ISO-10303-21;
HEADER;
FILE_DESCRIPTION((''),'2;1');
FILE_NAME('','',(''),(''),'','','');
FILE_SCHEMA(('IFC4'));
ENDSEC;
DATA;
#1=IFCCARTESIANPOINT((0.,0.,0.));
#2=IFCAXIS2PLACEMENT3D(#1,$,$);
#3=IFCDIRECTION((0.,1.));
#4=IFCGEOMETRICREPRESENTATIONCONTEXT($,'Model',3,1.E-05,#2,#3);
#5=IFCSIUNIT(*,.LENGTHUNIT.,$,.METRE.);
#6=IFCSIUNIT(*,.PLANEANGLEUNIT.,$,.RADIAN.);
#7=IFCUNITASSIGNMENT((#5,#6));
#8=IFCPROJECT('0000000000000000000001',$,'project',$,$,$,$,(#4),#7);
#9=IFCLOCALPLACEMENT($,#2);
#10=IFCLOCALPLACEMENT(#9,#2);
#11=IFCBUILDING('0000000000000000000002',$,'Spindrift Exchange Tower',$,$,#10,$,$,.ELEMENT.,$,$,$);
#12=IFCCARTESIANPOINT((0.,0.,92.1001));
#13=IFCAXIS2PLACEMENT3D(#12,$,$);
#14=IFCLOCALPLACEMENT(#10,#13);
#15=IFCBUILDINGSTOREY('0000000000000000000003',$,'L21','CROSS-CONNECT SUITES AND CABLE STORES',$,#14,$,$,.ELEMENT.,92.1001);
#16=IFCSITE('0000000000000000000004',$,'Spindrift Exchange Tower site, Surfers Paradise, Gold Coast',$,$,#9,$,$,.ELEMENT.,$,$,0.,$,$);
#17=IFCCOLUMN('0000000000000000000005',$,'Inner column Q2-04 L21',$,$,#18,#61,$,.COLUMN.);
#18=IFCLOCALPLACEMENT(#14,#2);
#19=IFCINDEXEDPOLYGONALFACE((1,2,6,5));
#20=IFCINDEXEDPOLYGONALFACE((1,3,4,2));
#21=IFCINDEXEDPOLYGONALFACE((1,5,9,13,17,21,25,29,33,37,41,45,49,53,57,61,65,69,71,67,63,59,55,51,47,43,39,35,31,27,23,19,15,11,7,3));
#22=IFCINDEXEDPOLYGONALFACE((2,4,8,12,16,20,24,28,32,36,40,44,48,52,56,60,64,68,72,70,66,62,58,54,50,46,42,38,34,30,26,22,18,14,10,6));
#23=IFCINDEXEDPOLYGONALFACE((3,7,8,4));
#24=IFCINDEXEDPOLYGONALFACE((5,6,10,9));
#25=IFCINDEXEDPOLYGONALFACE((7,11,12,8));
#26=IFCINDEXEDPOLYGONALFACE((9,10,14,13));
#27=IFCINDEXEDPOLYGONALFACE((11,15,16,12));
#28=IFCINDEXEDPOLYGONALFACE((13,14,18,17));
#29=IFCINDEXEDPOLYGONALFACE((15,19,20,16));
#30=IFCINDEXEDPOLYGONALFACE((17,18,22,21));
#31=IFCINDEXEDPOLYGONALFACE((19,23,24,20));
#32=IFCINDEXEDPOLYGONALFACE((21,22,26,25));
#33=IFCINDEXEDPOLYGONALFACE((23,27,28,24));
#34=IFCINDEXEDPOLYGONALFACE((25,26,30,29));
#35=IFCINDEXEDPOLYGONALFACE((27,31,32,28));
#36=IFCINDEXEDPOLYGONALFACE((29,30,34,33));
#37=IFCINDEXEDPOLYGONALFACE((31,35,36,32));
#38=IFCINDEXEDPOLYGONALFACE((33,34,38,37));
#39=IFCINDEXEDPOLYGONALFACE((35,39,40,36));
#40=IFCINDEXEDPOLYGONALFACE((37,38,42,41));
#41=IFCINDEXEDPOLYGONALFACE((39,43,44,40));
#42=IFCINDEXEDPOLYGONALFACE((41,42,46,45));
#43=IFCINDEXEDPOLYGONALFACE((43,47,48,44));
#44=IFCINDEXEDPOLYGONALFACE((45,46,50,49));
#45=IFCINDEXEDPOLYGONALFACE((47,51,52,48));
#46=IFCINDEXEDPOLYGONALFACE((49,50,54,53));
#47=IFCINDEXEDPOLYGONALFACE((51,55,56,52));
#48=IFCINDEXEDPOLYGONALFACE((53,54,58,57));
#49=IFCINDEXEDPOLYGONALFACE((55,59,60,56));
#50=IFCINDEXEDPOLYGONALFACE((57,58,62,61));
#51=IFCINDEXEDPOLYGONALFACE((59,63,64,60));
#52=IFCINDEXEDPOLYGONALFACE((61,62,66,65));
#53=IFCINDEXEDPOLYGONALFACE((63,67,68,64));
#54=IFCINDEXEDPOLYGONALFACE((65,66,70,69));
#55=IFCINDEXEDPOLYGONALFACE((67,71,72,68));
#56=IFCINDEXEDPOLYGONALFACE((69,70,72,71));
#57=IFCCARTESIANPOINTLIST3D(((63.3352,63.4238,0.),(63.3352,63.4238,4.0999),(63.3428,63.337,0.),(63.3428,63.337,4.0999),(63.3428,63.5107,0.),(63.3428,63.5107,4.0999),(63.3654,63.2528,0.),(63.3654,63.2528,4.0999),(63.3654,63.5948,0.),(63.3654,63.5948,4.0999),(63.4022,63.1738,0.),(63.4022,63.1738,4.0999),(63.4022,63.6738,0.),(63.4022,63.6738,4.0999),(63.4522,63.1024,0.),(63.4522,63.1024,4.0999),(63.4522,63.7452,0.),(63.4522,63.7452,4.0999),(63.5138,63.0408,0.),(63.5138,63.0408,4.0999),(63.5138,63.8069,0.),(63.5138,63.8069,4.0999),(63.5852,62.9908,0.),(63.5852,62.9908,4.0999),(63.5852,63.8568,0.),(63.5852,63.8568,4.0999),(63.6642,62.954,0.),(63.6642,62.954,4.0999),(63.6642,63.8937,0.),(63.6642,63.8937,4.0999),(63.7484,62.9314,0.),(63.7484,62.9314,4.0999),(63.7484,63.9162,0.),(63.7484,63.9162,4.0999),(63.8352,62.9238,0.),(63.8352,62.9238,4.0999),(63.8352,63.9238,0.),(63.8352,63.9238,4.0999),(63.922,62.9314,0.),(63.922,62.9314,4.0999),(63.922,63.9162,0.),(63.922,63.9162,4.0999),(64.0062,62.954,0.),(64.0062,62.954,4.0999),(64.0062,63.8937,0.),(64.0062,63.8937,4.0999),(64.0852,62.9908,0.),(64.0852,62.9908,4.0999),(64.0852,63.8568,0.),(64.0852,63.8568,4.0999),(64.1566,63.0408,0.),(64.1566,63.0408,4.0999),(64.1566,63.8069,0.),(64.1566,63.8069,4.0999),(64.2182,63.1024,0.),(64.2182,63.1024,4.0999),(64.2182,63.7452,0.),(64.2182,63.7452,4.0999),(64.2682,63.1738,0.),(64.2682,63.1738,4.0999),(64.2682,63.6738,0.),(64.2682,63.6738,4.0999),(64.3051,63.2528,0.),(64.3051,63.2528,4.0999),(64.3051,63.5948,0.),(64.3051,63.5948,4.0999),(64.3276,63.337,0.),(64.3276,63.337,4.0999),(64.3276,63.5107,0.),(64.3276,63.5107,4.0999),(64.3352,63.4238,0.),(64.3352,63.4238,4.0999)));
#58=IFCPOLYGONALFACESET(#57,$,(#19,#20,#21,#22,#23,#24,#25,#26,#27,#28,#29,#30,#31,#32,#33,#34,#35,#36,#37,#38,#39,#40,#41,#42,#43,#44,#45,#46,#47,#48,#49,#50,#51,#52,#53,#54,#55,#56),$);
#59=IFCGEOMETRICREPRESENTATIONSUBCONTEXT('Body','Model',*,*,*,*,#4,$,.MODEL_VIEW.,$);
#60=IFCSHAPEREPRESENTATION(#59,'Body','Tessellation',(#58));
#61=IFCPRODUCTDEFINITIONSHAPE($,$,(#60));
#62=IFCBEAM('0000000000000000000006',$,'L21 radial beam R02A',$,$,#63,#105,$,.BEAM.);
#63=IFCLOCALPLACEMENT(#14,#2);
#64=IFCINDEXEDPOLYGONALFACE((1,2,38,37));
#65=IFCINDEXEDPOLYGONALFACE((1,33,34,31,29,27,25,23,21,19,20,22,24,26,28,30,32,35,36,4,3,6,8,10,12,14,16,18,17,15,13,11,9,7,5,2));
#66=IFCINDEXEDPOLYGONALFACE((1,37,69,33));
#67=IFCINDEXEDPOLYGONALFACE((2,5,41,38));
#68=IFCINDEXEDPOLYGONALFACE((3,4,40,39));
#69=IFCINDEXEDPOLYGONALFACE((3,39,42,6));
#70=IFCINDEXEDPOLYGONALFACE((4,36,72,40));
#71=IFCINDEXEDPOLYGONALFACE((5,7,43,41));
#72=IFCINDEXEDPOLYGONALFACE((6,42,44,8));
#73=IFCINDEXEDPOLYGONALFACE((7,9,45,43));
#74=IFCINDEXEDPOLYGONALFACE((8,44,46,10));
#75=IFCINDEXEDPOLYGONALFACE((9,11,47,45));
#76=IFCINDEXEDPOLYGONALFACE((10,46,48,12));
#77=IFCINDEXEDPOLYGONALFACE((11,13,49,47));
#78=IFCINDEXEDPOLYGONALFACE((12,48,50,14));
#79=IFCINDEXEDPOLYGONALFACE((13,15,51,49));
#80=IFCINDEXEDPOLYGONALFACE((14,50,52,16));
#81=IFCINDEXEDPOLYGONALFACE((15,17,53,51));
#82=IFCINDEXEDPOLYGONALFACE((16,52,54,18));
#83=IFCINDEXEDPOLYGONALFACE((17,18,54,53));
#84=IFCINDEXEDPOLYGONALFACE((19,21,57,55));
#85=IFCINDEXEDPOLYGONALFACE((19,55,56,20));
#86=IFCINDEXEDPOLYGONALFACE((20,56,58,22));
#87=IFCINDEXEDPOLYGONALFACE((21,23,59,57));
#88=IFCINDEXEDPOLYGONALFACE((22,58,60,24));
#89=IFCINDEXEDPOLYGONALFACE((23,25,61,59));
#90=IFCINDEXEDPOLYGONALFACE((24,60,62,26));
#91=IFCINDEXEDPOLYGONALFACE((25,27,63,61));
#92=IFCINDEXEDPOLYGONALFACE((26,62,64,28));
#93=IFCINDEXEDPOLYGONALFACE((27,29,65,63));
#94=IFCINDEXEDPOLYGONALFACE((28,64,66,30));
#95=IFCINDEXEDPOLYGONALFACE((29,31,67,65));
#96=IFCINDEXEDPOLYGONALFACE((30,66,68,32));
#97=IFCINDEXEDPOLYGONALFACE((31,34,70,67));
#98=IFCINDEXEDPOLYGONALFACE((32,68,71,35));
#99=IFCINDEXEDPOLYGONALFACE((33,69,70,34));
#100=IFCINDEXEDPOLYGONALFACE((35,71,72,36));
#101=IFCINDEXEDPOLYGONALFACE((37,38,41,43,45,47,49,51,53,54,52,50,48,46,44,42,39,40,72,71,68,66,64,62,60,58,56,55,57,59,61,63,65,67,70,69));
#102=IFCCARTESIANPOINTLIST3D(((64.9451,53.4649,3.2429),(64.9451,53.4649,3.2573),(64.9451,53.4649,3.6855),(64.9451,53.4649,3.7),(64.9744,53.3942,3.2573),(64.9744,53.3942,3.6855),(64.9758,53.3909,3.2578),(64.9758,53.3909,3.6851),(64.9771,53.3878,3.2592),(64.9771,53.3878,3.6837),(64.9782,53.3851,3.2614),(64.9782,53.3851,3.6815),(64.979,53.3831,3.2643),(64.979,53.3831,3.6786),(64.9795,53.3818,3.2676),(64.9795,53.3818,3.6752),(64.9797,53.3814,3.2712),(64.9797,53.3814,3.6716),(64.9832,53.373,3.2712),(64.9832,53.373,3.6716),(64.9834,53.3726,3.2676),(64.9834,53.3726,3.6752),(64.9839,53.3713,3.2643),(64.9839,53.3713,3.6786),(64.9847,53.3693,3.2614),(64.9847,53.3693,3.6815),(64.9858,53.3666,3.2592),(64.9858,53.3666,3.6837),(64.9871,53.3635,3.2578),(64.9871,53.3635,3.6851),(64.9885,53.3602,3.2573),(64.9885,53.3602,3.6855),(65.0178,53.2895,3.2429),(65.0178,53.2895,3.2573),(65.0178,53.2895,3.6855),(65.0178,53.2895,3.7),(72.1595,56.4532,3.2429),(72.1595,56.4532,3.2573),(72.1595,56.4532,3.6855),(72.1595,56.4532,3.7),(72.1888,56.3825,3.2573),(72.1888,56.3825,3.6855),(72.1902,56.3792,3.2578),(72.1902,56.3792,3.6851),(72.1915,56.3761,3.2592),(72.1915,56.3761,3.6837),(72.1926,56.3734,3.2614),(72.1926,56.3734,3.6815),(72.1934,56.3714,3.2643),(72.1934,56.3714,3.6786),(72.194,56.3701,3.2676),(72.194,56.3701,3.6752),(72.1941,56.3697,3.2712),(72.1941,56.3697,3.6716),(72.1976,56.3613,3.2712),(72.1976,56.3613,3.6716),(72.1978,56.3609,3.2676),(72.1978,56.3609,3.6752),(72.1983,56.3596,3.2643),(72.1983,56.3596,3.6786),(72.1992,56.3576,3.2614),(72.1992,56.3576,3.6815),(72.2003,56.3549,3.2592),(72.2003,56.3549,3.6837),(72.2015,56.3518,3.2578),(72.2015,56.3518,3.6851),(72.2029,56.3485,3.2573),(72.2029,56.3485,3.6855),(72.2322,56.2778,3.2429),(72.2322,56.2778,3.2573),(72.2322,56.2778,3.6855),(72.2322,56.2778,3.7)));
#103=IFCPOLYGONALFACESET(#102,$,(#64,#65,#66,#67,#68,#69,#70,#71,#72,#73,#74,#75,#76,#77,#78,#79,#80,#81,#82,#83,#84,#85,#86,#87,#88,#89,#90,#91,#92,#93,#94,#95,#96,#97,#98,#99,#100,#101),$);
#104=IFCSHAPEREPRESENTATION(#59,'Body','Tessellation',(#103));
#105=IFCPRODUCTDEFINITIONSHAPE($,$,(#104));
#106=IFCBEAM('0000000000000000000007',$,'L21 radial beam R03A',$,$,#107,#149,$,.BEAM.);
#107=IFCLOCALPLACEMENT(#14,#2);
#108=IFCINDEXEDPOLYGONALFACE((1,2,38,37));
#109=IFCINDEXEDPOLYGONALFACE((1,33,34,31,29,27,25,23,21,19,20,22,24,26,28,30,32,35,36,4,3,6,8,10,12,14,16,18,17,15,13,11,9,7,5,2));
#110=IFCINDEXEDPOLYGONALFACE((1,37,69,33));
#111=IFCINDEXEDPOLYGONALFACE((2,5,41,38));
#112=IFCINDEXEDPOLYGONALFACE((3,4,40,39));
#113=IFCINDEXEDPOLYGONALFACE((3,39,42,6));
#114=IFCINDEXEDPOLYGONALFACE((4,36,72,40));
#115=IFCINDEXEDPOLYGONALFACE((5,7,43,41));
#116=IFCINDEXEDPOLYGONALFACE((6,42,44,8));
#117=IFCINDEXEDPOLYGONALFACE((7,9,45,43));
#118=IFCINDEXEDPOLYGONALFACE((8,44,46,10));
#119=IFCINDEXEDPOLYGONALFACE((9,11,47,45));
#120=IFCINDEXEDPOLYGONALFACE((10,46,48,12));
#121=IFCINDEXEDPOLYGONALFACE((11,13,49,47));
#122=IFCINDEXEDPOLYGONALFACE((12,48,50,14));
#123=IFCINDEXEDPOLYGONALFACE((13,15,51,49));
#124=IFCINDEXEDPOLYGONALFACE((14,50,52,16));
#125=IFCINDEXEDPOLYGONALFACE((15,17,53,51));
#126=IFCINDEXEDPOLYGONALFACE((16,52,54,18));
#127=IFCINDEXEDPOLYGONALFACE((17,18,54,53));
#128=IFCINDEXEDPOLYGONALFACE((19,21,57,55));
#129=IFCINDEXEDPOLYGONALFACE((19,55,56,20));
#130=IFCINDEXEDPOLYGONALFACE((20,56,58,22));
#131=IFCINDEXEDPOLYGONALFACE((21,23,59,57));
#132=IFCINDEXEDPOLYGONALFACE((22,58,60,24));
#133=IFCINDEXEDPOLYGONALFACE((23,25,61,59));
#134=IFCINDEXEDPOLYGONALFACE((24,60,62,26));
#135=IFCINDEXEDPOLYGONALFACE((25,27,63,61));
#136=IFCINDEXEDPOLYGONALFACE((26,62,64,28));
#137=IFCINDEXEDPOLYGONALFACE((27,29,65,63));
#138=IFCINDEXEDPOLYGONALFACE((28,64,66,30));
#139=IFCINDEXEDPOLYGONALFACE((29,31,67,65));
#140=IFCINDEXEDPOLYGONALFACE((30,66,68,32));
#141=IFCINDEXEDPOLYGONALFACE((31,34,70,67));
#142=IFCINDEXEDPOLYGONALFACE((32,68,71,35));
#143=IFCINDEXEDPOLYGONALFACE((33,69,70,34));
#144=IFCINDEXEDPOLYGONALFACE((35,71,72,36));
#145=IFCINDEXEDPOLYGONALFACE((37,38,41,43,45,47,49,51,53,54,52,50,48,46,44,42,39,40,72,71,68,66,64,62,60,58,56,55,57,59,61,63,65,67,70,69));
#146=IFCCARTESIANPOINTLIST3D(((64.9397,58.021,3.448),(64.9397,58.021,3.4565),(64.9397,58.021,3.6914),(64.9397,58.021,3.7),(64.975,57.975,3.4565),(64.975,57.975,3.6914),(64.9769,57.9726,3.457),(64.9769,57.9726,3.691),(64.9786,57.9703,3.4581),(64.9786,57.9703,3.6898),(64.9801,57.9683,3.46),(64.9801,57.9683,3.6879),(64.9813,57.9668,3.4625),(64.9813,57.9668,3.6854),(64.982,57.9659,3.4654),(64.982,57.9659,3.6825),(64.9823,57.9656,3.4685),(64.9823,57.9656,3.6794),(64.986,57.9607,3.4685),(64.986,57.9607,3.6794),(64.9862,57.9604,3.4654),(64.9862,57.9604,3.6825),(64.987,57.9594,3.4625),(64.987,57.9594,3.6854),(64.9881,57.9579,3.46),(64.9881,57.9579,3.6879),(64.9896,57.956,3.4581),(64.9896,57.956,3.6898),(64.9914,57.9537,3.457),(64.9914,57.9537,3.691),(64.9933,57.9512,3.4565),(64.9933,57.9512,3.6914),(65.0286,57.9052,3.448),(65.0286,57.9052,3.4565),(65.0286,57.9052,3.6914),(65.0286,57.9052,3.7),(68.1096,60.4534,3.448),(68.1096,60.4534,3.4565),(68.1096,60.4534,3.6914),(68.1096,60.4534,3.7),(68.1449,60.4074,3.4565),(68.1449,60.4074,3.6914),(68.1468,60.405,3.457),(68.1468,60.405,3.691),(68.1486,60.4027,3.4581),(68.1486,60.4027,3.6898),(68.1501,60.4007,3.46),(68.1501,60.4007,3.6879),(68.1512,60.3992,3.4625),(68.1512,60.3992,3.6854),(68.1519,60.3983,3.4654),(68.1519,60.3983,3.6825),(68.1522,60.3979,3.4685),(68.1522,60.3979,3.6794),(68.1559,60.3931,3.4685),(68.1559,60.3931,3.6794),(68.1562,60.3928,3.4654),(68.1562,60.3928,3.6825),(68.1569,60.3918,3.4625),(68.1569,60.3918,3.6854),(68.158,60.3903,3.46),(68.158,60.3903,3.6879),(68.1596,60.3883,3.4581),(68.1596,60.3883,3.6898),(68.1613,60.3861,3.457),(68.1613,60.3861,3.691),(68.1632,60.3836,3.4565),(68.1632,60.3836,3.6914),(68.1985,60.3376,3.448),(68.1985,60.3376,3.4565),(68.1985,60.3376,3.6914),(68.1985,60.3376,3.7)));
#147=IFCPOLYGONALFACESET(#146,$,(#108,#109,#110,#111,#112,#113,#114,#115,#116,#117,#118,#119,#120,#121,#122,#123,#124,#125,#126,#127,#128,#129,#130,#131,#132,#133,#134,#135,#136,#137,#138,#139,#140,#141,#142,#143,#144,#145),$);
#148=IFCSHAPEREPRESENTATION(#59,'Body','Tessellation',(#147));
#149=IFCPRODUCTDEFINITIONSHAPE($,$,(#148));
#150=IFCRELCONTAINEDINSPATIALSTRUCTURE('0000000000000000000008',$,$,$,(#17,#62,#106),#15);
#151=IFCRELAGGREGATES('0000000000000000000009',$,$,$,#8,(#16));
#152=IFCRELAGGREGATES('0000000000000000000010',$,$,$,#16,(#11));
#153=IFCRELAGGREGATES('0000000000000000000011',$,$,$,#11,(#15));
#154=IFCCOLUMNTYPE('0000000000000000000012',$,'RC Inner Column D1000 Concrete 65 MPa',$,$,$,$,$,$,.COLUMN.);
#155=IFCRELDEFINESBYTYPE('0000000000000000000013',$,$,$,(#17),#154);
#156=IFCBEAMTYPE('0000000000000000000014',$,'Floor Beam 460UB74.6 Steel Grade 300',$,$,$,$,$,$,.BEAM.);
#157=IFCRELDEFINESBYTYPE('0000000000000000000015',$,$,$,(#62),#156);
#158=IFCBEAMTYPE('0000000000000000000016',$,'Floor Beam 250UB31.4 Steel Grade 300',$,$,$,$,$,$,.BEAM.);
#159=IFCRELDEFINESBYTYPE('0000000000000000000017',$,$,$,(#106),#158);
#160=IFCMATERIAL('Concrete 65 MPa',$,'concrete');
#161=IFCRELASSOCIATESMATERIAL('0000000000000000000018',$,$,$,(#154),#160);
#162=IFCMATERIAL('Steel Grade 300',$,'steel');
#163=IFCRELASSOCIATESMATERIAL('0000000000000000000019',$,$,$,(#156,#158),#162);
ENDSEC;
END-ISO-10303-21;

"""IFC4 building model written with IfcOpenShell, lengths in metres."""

from ifc_helpers import new_model, si_unit, direction, frame, origin, origin_2d, place, context, subcontext, project, spatial, circle, i_section, extrude, source, transform, mapped, material, material_profile, profile_set, type_object, element, save


model = new_model("IFC4")

# Units and contexts
model_context = context("Model", 3, precision=1e-05, world=origin(), true_north=direction((0.0, 1.0)))
body_context = subcontext(model_context, "Body", "Model", "MODEL_VIEW")
ifc_project = project(units=[si_unit("LENGTHUNIT", "METRE"), si_unit("PLANEANGLEUNIT", "RADIAN")], contexts=[model_context])

# Site, building, storey
site_placement = place(None, origin())
site = spatial("IfcSite", under=ifc_project, at=site_placement, Name="Spindrift Exchange Tower site, Surfers Paradise, Gold Coast", CompositionType="ELEMENT", RefElevation=0.0)
building_placement = place(site_placement, origin())
building = spatial("IfcBuilding", under=site, at=building_placement, Name="Spindrift Exchange Tower", CompositionType="ELEMENT")
storey_placement = place(building_placement, frame((0.0, 0.0, 92.1001)))
storey = spatial("IfcBuildingStorey", under=building, at=storey_placement, Name="L21", Description="CROSS-CONNECT SUITES AND CABLE STORES", CompositionType="ELEMENT", Elevation=92.1001)

# Column
ifc_material_1 = material(Name="Concrete 65 MPa", Category="concrete")
ifc_material_profile_1 = material_profile(ifc_material_1, circle(Radius=0.5, at=origin_2d()), Name="RC D1000")
ifc_profile_set_1 = profile_set([ifc_material_profile_1], Name="Concrete 65 MPa")
column_type = type_object("IfcColumnType", Name="RC Inner Column D1000 Concrete 65 MPa", PredefinedType="COLUMN", material=ifc_profile_set_1)
shared_shape_1 = source(origin(), body_context, "Body", "SweptSolid", [
    extrude(circle(Radius=0.5, at=origin_2d()), origin(), (0.0, 0.0, 1.0), 4.0999),
])
column_placement = place(storey_placement, frame((63.8352, 63.4238, 0.0), z_axis=(0.0, 0.0, 1.0), x_axis=(1.0, 0.0, 0.0)))
element("IfcColumn", 1, at=column_placement, inside=storey, type_object=column_type, Name="Inner column Q2-04 L21", PredefinedType="COLUMN", context=body_context, shape_type="MappedRepresentation", body=[
    mapped(shared_shape_1, transform((0.0, 0.0, 0.0), scale=1.0)),
])

# Beams
ifc_material_2 = material(Name="Steel Grade 300", Category="steel")
ifc_material_profile_2 = material_profile(ifc_material_2, i_section(OverallWidth=0.1899, OverallDepth=0.457, WebThickness=0.009, FlangeThickness=0.0144, FilletRadius=0.0139, at=origin_2d()), Name="460UB74.6")
ifc_profile_set_2 = profile_set([ifc_material_profile_2], Name="Steel Grade 300")
beam_type_1 = type_object("IfcBeamType", Name="Floor Beam 460UB74.6 Steel Grade 300", PredefinedType="BEAM", material=ifc_profile_set_2)
shared_shape_2 = source(origin(), body_context, "Body", "SweptSolid", [
    extrude(i_section(OverallWidth=0.1899, OverallDepth=0.457, WebThickness=0.009, FlangeThickness=0.0144, FilletRadius=0.0139, at=origin_2d()), origin(), (0.0, 0.0, 1.0), 7.8088),
])
beam_1_placement = place(storey_placement, frame((64.9814, 53.3772, 3.4714), z_axis=(0.92388, 0.382683, 0.0), x_axis=(-0.382683, 0.92388, 0.0)))
element("IfcBeam", 2, at=beam_1_placement, inside=storey, type_object=beam_type_1, Name="L21 radial beam R02A", PredefinedType="BEAM", context=body_context, shape_type="MappedRepresentation", body=[
    mapped(shared_shape_2, transform((0.0, 0.0, 0.0), scale=1.0)),
])
ifc_material_profile_3 = material_profile(ifc_material_2, i_section(OverallWidth=0.146, OverallDepth=0.252, WebThickness=0.0061, FlangeThickness=0.0085, FilletRadius=0.012, at=origin_2d()), Name="250UB31.4")
ifc_profile_set_3 = profile_set([ifc_material_profile_3], Name="Steel Grade 300")
beam_type_2 = type_object("IfcBeamType", Name="Floor Beam 250UB31.4 Steel Grade 300", PredefinedType="BEAM", material=ifc_profile_set_3)
shared_shape_3 = source(origin(), body_context, "Body", "SweptSolid", [
    extrude(i_section(OverallWidth=0.146, OverallDepth=0.252, WebThickness=0.0061, FlangeThickness=0.0085, FilletRadius=0.012, at=origin_2d()), origin(), (0.0, 0.0, 1.0), 3.9956),
])
beam_2_placement = place(storey_placement, frame((64.9841, 57.9631, 3.574), z_axis=(0.793353, 0.608762, 0.0), x_axis=(-0.608762, 0.793353, 0.0)))
element("IfcBeam", 3, at=beam_2_placement, inside=storey, type_object=beam_type_2, Name="L21 radial beam R03A", PredefinedType="BEAM", context=body_context, shape_type="MappedRepresentation", body=[
    mapped(shared_shape_3, transform((0.0, 0.0, 0.0), scale=1.0)),
])

save(model, "model.ifc")
